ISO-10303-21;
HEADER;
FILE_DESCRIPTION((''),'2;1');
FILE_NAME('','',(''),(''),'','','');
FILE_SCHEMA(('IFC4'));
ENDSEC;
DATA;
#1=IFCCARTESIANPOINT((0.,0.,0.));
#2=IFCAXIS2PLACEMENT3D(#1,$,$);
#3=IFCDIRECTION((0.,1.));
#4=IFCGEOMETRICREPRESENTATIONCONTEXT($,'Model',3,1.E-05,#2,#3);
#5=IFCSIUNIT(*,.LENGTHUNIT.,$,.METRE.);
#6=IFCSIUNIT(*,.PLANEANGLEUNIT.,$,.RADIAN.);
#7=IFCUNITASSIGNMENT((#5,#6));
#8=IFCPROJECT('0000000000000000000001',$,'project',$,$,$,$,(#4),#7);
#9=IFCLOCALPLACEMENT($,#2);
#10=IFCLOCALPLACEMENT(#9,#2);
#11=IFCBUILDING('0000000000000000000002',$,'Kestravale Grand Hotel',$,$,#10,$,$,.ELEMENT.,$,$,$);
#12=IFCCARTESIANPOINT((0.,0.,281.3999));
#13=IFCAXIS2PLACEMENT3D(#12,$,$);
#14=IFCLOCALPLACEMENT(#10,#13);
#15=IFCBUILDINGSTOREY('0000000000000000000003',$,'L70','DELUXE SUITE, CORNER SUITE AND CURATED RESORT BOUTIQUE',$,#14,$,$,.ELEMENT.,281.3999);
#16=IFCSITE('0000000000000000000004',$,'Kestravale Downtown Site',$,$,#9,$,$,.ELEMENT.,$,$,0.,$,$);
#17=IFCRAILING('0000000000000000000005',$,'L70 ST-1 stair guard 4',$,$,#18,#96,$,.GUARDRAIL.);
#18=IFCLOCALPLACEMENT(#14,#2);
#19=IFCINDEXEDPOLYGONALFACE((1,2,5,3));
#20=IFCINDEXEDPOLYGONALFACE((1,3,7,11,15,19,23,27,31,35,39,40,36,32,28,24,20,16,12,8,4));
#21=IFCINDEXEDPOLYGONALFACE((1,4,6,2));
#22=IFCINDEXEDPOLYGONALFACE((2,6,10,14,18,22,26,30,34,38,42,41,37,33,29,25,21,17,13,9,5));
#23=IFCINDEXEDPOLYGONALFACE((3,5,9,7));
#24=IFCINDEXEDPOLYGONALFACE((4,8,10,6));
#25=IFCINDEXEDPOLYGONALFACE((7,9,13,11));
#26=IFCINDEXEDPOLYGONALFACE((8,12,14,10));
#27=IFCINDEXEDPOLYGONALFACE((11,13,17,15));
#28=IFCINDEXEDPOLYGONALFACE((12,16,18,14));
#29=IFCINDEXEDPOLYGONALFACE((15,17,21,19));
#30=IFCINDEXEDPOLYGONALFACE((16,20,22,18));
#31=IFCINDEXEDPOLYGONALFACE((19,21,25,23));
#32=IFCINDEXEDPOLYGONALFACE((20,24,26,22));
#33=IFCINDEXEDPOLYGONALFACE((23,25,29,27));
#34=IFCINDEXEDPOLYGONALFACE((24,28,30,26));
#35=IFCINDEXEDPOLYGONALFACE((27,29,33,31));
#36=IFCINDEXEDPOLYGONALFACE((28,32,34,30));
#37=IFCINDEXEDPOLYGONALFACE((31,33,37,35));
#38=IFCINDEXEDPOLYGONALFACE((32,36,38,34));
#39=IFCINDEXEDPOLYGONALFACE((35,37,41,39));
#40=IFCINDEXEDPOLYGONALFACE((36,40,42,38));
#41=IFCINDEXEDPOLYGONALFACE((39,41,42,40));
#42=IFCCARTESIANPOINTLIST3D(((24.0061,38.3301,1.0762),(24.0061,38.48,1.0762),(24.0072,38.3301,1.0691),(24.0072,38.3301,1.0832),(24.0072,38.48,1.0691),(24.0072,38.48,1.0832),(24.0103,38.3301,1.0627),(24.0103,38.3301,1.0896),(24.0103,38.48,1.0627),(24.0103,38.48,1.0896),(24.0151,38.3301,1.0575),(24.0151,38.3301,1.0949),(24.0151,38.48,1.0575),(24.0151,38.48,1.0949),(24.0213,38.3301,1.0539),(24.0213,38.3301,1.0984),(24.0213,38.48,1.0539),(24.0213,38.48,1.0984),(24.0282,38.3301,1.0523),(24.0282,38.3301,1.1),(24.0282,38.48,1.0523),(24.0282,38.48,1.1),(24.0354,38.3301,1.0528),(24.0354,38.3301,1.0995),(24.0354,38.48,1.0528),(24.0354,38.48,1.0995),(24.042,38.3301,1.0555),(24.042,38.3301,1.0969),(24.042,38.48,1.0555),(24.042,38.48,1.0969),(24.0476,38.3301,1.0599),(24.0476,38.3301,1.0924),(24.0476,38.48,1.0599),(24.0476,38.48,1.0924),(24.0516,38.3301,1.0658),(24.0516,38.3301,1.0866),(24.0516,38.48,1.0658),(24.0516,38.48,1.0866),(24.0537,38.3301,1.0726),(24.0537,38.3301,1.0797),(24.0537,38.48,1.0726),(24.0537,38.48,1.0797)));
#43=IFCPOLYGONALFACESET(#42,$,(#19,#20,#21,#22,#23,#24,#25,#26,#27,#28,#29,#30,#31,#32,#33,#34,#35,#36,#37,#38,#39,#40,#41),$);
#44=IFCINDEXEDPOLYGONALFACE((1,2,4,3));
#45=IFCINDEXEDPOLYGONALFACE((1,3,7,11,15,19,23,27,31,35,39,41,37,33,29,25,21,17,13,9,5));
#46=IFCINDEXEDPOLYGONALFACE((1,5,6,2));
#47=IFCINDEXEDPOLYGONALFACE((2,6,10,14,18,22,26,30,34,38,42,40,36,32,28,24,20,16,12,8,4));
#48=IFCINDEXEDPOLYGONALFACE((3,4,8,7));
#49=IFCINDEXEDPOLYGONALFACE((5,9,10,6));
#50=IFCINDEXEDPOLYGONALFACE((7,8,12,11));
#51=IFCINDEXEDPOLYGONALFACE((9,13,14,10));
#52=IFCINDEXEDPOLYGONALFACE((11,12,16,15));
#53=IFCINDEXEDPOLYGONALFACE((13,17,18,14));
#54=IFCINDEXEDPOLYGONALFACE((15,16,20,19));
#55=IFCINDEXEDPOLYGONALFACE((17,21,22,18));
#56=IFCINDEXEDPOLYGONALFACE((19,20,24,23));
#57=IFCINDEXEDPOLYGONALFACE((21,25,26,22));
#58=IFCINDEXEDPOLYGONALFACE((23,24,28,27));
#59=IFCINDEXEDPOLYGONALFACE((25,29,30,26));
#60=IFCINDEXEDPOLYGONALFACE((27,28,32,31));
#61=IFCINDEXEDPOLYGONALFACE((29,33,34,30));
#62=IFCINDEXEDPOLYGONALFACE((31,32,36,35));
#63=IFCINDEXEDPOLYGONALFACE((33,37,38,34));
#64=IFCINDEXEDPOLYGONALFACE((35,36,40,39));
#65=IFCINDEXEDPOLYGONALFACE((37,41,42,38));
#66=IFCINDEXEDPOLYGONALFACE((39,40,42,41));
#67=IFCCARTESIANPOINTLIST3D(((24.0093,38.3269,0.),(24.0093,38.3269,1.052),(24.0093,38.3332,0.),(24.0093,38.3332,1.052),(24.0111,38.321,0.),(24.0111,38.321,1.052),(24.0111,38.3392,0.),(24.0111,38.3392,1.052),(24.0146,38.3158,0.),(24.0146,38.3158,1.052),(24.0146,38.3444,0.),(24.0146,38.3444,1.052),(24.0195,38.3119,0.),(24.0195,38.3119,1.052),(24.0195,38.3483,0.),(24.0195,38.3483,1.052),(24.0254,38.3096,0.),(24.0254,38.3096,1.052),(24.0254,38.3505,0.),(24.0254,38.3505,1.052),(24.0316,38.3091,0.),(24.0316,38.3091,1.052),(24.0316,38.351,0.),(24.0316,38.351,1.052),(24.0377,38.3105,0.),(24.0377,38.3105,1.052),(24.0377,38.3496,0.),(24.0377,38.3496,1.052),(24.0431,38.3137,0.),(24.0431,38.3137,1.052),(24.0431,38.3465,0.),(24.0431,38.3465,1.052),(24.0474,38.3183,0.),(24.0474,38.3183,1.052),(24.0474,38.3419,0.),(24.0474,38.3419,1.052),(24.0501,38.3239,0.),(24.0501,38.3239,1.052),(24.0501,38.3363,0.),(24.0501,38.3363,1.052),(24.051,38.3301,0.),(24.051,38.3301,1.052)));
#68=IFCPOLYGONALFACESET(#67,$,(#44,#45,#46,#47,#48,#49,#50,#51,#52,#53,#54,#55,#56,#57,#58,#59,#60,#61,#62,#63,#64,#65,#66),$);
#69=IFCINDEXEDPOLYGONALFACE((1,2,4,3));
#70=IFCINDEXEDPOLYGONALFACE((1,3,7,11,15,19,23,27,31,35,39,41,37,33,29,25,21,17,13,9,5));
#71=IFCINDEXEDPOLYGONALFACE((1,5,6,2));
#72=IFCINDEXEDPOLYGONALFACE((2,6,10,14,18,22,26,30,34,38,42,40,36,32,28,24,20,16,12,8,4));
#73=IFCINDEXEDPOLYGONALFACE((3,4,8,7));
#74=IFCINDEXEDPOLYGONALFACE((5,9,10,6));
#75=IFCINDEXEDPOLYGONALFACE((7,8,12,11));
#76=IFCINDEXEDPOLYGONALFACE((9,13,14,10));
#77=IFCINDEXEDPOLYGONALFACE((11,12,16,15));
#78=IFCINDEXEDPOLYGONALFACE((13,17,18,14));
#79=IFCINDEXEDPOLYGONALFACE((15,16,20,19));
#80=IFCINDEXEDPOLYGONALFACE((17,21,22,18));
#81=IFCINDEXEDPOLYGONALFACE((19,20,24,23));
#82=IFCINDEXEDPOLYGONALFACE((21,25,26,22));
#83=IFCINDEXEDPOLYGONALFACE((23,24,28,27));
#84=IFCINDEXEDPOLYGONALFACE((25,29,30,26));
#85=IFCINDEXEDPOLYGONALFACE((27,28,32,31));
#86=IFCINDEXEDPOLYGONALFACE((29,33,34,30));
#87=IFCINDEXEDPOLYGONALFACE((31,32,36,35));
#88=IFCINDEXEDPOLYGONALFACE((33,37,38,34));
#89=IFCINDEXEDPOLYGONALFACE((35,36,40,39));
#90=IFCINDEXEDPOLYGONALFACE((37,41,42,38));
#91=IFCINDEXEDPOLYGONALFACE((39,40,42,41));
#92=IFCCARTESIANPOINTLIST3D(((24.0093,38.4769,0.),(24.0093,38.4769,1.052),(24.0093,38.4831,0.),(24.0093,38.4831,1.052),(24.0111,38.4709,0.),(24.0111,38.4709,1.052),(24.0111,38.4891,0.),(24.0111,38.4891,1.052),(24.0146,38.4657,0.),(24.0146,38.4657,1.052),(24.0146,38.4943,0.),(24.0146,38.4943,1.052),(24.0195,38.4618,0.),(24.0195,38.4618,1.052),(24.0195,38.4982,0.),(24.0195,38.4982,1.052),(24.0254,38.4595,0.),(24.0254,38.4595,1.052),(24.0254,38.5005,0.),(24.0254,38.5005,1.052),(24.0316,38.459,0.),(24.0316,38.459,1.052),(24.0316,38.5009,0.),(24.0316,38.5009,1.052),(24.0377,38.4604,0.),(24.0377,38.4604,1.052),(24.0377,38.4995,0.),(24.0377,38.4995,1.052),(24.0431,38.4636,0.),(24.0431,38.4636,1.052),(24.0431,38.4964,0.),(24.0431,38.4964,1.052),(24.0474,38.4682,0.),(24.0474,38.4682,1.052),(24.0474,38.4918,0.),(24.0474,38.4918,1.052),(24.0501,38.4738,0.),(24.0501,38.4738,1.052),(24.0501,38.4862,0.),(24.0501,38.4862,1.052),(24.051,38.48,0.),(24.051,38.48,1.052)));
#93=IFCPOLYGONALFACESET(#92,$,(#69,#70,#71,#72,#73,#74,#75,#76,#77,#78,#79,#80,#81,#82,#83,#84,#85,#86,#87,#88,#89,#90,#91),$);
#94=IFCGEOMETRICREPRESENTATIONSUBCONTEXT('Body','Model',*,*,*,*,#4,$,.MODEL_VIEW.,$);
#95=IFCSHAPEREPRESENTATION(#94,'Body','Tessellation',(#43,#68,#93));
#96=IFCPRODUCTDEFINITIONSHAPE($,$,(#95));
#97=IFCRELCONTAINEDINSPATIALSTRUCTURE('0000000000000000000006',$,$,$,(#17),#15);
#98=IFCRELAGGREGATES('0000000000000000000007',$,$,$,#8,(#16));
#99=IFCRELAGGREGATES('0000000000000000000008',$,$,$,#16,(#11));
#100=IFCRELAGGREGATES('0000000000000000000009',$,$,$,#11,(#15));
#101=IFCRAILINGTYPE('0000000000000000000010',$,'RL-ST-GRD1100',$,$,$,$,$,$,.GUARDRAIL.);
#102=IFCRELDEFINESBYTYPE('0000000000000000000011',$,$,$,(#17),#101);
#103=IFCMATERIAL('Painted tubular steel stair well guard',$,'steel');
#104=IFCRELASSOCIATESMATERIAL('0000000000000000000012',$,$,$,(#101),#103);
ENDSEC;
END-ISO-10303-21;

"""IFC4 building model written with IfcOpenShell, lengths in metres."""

from ifc_helpers import new_model, si_unit, direction, frame, origin, origin_2d, place, context, subcontext, project, spatial, circle, extrude, material, type_object, element, save


model = new_model("IFC4")

# Units and contexts
model_context = context("Model", 3, precision=1e-05, world=origin(), true_north=direction((0.0, 1.0)))
body_context = subcontext(model_context, "Body", "Model", "MODEL_VIEW")
ifc_project = project(units=[si_unit("LENGTHUNIT", "METRE"), si_unit("PLANEANGLEUNIT", "RADIAN")], contexts=[model_context])

# Site, building, storey
site_placement = place(None, origin())
site = spatial("IfcSite", under=ifc_project, at=site_placement, Name="Kestravale Downtown Site", CompositionType="ELEMENT", RefElevation=0.0)
building_placement = place(site_placement, origin())
building = spatial("IfcBuilding", under=site, at=building_placement, Name="Kestravale Grand Hotel", CompositionType="ELEMENT")
storey_placement = place(building_placement, frame((0.0, 0.0, 281.3999)))
storey = spatial("IfcBuildingStorey", under=building, at=storey_placement, Name="L70", Description="DELUXE SUITE, CORNER SUITE AND CURATED RESORT BOUTIQUE", CompositionType="ELEMENT", Elevation=281.3999)

# Railing
ifc_material_1 = material(Name="Painted tubular steel stair well guard", Category="steel")
railing_type_1 = type_object("IfcRailingType", Name="RL-ST-GRD1100", PredefinedType="GUARDRAIL", material=ifc_material_1)
railing_1_placement = place(storey_placement, frame((24.03, 38.3301, 0.0)))
element("IfcRailing", 1, at=railing_1_placement, inside=storey, type_object=railing_type_1, Name="L70 ST-1 stair guard 4", PredefinedType="GUARDRAIL", context=body_context, shape_type="SweptSolid", body=[
    extrude(circle(Radius=0.0239, at=origin_2d()), frame((0.0, 0.0, 1.0762), z_axis=(0.0, 1.0, 0.0), x_axis=(-1.0, 0.0, 0.0)), (0.0, 0.0, 1.0), 0.1499),
    extrude(circle(Radius=0.021, at=origin_2d()), origin(), (0.0, 0.0, 1.0), 1.052),
    extrude(circle(Radius=0.021, at=origin_2d()), frame((0.0, 0.1499, 0.0)), (0.0, 0.0, 1.0), 1.052),
])

save(model, "model.ifc")
